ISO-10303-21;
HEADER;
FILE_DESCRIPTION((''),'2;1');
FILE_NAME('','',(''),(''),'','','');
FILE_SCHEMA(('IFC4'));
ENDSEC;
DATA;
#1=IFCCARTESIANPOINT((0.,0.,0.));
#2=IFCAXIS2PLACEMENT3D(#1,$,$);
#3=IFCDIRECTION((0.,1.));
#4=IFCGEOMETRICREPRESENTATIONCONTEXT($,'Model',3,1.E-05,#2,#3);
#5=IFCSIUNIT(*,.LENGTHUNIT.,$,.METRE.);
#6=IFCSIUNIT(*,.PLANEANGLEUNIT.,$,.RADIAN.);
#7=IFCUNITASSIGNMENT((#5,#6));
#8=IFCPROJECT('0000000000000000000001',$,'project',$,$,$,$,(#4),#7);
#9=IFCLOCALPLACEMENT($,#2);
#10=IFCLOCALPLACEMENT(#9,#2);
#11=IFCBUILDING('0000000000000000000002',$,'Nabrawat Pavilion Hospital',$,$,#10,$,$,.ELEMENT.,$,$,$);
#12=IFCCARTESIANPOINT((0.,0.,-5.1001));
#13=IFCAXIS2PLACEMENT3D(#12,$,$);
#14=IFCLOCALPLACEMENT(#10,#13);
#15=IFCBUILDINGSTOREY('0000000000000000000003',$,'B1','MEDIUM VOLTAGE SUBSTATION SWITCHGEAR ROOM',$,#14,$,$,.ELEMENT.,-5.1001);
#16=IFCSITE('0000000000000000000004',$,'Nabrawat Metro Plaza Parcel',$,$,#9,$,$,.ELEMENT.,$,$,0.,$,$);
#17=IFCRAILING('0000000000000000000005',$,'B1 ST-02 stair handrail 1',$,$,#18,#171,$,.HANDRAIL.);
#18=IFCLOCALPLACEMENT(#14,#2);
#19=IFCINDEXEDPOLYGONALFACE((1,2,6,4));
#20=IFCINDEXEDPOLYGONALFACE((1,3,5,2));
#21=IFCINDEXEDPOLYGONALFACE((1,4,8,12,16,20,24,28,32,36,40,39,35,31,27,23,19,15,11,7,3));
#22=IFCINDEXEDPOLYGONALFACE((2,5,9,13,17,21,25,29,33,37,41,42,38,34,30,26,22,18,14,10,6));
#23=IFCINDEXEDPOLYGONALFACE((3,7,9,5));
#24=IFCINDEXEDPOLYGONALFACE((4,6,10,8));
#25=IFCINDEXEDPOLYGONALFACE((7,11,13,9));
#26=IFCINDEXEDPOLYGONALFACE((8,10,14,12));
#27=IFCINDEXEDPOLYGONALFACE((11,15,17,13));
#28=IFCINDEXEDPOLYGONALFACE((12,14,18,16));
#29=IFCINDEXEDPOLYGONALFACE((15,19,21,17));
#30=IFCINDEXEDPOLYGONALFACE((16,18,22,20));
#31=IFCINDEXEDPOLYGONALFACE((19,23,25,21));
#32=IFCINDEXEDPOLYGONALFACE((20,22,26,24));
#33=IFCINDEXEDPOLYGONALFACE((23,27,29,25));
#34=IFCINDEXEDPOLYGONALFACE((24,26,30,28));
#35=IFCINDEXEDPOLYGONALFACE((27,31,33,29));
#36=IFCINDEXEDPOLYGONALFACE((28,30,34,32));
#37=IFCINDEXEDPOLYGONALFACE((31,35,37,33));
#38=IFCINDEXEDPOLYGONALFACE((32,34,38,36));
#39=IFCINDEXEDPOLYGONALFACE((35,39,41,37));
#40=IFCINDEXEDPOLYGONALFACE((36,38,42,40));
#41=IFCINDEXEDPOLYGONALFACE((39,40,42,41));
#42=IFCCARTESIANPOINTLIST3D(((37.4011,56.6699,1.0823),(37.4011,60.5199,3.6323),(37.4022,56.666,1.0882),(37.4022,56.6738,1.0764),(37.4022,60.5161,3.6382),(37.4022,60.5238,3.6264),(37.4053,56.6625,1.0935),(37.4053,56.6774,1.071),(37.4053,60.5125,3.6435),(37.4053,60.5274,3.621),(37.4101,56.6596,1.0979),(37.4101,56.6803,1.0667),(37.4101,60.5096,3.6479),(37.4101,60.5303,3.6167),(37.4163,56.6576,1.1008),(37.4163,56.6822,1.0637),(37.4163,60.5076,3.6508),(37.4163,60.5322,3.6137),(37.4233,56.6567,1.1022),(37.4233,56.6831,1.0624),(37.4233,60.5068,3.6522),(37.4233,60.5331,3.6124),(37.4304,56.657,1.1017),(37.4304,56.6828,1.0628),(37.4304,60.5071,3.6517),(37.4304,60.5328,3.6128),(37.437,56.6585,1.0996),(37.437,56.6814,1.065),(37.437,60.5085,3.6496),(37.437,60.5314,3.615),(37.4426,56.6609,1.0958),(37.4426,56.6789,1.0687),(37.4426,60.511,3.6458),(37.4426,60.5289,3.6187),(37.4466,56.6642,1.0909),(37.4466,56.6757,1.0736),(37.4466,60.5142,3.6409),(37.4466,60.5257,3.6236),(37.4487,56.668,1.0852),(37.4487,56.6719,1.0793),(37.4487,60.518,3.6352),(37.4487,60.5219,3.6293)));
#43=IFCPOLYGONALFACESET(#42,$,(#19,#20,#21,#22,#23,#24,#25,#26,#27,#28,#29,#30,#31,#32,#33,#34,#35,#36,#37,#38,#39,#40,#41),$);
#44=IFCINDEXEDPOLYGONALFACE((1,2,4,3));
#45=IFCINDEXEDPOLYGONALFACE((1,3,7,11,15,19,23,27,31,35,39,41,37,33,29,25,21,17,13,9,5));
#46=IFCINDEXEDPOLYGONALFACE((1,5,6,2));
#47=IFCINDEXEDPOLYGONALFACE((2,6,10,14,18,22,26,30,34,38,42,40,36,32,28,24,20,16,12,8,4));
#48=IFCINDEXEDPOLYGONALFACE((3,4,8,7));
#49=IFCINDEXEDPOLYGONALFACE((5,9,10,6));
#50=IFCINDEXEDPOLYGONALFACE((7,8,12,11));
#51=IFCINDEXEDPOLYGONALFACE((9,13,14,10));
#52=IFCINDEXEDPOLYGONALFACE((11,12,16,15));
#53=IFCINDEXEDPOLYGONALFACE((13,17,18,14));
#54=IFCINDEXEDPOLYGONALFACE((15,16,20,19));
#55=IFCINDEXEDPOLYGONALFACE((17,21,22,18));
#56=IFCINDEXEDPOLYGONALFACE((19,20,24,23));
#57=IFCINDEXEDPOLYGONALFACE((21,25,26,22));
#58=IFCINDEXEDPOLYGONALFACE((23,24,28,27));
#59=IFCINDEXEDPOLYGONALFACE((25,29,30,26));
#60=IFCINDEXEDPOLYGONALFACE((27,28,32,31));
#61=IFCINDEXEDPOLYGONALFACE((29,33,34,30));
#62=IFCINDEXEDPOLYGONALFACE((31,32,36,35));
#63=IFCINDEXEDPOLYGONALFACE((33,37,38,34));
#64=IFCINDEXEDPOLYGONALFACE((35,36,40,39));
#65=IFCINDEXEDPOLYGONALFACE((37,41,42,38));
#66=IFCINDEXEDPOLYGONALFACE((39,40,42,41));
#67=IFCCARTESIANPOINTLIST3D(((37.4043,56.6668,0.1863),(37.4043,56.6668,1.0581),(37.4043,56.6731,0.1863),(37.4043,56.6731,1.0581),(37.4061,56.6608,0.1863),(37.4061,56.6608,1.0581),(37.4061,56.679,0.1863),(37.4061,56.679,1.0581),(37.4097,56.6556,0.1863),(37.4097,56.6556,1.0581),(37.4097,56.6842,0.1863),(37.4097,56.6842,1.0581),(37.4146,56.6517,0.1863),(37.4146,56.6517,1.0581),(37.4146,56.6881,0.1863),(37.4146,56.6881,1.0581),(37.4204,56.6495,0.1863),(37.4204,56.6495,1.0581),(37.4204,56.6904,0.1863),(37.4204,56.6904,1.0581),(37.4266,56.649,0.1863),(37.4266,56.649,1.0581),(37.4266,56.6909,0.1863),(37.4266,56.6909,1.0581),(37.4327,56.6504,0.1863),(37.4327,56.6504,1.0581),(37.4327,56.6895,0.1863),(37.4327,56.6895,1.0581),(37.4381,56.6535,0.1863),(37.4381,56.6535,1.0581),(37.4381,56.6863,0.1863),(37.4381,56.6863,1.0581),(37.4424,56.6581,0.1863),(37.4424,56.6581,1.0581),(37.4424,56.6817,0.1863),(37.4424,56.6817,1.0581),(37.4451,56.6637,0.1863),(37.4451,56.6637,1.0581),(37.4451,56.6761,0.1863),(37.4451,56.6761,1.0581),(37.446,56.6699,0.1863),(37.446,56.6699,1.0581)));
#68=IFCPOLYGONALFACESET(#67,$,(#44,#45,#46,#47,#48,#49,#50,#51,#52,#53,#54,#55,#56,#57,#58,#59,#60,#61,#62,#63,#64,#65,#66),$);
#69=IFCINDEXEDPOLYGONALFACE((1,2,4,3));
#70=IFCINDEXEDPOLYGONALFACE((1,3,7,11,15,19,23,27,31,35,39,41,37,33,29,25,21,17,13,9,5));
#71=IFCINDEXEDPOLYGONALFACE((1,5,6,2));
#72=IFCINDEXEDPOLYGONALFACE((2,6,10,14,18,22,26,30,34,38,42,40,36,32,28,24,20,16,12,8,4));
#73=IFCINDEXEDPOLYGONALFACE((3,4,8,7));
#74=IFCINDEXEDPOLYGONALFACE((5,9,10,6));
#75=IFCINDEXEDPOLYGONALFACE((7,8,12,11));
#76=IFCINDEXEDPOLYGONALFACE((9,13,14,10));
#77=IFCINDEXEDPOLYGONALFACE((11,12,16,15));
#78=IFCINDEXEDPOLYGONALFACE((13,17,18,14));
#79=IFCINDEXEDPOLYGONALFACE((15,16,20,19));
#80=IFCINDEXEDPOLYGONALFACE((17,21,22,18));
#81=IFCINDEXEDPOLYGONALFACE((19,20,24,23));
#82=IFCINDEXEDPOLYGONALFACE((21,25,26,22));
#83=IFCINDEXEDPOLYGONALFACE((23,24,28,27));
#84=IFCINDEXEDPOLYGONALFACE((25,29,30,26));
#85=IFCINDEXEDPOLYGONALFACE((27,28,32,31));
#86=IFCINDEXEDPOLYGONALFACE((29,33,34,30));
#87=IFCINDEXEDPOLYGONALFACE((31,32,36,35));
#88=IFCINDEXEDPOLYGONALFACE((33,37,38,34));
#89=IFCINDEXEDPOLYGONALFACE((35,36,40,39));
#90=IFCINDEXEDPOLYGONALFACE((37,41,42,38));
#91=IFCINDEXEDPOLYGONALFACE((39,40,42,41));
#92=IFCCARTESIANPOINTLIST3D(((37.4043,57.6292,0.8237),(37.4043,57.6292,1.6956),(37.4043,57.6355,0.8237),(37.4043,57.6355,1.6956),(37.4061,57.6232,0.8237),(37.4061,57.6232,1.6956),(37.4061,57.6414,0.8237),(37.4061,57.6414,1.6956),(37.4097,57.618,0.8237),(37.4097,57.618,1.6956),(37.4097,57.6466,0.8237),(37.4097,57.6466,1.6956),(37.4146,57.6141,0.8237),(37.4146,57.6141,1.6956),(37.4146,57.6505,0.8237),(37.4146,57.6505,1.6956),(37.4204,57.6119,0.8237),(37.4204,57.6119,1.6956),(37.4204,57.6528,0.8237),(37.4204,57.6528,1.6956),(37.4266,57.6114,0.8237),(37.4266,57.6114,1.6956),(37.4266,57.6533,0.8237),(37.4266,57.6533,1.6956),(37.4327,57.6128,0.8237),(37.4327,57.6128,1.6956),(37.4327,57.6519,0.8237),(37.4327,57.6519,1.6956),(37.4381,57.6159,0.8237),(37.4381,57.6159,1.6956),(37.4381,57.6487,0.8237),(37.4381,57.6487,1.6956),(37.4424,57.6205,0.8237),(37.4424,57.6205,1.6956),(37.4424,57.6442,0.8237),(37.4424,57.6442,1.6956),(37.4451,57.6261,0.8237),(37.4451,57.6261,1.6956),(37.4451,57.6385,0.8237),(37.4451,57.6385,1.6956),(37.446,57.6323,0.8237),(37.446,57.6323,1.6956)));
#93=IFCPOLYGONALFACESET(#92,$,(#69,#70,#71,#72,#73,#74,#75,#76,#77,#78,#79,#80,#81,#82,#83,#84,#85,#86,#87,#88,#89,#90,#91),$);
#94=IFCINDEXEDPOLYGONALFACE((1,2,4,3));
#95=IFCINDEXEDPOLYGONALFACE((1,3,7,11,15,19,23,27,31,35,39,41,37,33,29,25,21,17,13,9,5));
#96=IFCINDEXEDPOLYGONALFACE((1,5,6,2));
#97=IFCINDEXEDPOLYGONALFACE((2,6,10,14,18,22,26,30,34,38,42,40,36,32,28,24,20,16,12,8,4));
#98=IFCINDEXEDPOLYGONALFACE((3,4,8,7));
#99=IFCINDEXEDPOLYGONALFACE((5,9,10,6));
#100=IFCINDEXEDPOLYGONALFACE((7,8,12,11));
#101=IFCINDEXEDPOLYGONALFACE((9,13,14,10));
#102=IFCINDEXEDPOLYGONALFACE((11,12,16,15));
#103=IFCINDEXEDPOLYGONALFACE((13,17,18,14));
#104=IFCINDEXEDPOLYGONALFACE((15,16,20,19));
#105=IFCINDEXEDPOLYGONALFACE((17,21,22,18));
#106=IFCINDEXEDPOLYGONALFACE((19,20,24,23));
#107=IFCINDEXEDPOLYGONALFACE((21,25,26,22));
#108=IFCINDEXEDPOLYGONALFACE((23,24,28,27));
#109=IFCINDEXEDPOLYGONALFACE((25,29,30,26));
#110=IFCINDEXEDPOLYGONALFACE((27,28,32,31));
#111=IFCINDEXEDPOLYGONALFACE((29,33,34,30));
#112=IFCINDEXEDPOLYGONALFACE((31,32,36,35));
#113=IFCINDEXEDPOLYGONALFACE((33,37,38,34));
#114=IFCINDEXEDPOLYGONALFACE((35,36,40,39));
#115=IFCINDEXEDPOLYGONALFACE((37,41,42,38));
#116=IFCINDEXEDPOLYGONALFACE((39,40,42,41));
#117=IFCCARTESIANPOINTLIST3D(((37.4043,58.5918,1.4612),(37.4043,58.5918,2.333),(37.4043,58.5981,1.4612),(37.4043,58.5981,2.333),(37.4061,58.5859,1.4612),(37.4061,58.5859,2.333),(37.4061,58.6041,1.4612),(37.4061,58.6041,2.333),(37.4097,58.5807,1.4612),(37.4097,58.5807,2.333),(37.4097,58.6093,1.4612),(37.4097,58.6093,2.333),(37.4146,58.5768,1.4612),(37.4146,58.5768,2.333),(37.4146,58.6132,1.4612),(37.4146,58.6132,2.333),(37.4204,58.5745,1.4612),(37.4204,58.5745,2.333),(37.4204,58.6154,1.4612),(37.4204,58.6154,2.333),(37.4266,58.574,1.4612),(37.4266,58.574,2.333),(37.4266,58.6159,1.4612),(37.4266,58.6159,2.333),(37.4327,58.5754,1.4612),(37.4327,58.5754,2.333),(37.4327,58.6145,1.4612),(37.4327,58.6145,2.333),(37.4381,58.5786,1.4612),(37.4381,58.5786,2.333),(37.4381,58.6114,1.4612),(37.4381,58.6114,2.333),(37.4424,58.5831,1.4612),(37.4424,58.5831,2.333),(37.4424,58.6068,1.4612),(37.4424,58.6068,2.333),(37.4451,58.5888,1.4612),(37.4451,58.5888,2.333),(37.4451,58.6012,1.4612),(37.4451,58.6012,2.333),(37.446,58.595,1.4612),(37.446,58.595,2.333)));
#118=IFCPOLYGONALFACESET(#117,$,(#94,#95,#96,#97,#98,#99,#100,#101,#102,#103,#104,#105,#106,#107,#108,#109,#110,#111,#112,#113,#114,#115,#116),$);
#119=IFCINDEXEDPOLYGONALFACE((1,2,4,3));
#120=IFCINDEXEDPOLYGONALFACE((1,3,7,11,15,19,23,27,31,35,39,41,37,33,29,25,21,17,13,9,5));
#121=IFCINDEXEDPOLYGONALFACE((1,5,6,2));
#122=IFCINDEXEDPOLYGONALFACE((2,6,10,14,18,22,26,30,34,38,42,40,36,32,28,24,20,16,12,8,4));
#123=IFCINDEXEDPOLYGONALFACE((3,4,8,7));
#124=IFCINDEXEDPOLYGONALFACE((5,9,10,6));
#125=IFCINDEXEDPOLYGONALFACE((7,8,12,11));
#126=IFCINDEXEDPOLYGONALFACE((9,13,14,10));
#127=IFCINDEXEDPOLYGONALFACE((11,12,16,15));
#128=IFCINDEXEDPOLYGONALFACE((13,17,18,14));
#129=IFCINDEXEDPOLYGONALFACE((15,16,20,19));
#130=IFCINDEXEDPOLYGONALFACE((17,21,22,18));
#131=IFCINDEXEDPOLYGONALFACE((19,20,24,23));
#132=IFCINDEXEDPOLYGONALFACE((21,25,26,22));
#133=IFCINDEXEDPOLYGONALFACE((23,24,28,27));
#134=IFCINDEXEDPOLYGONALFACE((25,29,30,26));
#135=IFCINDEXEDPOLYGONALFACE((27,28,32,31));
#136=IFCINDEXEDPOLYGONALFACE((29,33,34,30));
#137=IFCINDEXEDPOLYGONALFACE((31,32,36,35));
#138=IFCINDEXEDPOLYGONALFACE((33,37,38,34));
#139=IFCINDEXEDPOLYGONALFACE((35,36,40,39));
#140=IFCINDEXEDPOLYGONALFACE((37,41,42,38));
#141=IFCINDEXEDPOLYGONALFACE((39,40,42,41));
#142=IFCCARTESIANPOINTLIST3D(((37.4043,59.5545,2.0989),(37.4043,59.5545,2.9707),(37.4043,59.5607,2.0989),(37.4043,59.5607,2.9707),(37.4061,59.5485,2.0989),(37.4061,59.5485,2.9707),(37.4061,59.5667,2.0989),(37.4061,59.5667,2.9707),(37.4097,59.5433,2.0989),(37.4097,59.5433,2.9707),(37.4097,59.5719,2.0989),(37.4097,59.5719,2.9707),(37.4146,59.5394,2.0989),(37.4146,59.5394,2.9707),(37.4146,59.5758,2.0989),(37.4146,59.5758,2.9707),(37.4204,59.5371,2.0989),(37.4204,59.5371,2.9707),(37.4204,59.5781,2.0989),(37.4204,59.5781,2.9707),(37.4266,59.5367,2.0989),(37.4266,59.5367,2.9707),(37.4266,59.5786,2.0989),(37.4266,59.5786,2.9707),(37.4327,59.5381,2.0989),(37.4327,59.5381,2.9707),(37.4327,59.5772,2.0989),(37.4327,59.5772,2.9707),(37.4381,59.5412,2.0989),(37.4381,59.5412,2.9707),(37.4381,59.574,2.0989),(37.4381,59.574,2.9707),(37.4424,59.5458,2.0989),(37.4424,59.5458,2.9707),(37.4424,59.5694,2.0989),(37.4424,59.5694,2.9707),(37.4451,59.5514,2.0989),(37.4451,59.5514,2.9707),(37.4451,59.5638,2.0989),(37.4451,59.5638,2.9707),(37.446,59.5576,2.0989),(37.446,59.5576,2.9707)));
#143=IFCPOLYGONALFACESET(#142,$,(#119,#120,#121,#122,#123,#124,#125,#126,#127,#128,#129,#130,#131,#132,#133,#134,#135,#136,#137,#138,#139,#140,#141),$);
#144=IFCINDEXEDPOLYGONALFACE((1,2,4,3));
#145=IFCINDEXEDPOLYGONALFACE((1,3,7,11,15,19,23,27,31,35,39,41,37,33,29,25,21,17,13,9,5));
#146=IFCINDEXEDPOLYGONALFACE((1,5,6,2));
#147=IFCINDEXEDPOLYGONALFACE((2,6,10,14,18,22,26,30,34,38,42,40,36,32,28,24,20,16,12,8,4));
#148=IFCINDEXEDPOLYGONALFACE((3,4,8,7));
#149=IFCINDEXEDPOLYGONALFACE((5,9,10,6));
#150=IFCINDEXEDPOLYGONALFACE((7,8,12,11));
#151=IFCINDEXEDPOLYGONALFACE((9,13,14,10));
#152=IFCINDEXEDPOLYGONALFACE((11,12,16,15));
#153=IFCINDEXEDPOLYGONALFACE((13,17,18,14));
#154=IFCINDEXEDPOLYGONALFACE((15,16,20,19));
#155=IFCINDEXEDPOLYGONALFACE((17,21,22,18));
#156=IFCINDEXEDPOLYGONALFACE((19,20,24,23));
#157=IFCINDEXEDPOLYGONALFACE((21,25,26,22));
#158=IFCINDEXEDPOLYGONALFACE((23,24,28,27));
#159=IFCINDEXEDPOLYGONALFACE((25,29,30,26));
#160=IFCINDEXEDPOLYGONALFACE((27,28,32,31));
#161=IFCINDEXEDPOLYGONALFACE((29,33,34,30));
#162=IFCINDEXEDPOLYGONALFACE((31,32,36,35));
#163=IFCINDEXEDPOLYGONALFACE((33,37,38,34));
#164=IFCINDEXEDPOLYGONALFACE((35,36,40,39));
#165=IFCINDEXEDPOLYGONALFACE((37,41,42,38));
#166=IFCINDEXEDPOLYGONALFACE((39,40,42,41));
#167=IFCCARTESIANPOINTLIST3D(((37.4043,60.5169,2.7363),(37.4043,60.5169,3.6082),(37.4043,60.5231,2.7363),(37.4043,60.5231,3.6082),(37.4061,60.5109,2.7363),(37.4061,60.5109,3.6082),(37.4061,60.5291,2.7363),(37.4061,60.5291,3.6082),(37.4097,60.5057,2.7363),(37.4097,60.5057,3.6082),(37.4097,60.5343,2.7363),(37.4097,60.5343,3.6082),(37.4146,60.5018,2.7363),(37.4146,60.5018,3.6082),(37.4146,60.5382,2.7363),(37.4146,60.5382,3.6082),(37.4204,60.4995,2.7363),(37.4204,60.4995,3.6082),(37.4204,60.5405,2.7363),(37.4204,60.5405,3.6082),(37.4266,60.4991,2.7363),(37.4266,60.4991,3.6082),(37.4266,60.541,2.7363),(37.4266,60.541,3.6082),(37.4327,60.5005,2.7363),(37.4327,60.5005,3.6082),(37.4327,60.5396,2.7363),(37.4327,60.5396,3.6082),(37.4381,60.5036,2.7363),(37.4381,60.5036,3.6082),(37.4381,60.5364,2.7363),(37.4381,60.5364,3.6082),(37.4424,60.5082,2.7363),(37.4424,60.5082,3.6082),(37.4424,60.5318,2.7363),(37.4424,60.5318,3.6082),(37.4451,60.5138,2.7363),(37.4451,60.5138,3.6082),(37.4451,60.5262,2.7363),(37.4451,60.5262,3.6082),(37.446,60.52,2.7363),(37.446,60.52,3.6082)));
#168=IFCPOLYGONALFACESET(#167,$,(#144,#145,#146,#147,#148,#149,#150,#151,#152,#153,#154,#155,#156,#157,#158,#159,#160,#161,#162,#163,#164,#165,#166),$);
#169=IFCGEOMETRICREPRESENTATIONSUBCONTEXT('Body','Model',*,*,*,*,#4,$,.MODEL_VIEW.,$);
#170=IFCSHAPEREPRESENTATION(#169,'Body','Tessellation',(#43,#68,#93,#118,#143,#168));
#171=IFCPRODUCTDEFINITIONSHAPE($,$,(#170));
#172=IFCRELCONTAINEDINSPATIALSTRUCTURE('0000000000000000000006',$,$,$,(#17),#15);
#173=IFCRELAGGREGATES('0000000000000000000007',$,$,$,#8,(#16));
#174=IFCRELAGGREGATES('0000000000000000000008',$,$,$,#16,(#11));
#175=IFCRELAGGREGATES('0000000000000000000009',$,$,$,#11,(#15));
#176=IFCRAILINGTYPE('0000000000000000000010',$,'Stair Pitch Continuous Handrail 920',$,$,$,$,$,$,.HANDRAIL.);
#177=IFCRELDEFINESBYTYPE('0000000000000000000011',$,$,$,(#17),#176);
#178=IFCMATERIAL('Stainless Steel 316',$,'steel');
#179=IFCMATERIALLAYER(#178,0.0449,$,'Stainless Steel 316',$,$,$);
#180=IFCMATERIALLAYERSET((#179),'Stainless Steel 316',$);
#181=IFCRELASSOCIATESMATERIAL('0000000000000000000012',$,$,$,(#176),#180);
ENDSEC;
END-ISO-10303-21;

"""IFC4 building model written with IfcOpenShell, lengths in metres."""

from ifc_helpers import new_model, si_unit, direction, frame, origin, origin_2d, place, context, subcontext, project, spatial, circle, extrude, material, layer, layer_set, type_object, element, save


model = new_model("IFC4")

# Units and contexts
model_context = context("Model", 3, precision=1e-05, world=origin(), true_north=direction((0.0, 1.0)))
body_context = subcontext(model_context, "Body", "Model", "MODEL_VIEW")
ifc_project = project(units=[si_unit("LENGTHUNIT", "METRE"), si_unit("PLANEANGLEUNIT", "RADIAN")], contexts=[model_context])

# Site, building, storey
site_placement = place(None, origin())
site = spatial("IfcSite", under=ifc_project, at=site_placement, Name="Nabrawat Metro Plaza Parcel", CompositionType="ELEMENT", RefElevation=0.0)
building_placement = place(site_placement, origin())
building = spatial("IfcBuilding", under=site, at=building_placement, Name="Nabrawat Pavilion Hospital", CompositionType="ELEMENT")
storey_placement = place(building_placement, frame((0.0, 0.0, -5.1001)))
storey = spatial("IfcBuildingStorey", under=building, at=storey_placement, Name="B1", Description="MEDIUM VOLTAGE SUBSTATION SWITCHGEAR ROOM", CompositionType="ELEMENT", Elevation=-5.1001)

# Railing
ifc_material_1 = material(Name="Stainless Steel 316", Category="steel")
ifc_layer_1 = layer(ifc_material_1, 0.0449, Name="Stainless Steel 316")
ifc_layer_set_1 = layer_set([ifc_layer_1], Name="Stainless Steel 316")
railing_type_1 = type_object("IfcRailingType", Name="Stair Pitch Continuous Handrail 920", PredefinedType="HANDRAIL", material=ifc_layer_set_1)
railing_1_placement = place(storey_placement, frame((37.425, 56.6699, 0.1863)))
element("IfcRailing", 1, at=railing_1_placement, inside=storey, type_object=railing_type_1, Name="B1 ST-02 stair handrail 1", PredefinedType="HANDRAIL", context=body_context, shape_type="SweptSolid", body=[
    extrude(circle(Radius=0.0239, at=origin_2d()), frame((0.0, 0.0, 0.896), z_axis=(0.0, 0.833714, 0.552197), x_axis=(-1.0, 0.0, 0.0)), (0.0, 0.0, 1.0), 4.6179),
    extrude(circle(Radius=0.021, at=origin_2d()), origin(), (0.0, 0.0, 1.0), 0.8718),
    extrude(circle(Radius=0.021, at=origin_2d()), frame((0.0, 0.9624, 0.6375)), (0.0, 0.0, 1.0), 0.8718),
    extrude(circle(Radius=0.021, at=origin_2d()), frame((0.0, 1.925, 1.2749)), (0.0, 0.0, 1.0), 0.8718),
    extrude(circle(Radius=0.021, at=origin_2d()), frame((0.0, 2.8877, 1.9126)), (0.0, 0.0, 1.0), 0.8718),
    extrude(circle(Radius=0.021, at=origin_2d()), frame((0.0, 3.8501, 2.55)), (0.0, 0.0, 1.0), 0.8718),
])

save(model, "model.ifc")
